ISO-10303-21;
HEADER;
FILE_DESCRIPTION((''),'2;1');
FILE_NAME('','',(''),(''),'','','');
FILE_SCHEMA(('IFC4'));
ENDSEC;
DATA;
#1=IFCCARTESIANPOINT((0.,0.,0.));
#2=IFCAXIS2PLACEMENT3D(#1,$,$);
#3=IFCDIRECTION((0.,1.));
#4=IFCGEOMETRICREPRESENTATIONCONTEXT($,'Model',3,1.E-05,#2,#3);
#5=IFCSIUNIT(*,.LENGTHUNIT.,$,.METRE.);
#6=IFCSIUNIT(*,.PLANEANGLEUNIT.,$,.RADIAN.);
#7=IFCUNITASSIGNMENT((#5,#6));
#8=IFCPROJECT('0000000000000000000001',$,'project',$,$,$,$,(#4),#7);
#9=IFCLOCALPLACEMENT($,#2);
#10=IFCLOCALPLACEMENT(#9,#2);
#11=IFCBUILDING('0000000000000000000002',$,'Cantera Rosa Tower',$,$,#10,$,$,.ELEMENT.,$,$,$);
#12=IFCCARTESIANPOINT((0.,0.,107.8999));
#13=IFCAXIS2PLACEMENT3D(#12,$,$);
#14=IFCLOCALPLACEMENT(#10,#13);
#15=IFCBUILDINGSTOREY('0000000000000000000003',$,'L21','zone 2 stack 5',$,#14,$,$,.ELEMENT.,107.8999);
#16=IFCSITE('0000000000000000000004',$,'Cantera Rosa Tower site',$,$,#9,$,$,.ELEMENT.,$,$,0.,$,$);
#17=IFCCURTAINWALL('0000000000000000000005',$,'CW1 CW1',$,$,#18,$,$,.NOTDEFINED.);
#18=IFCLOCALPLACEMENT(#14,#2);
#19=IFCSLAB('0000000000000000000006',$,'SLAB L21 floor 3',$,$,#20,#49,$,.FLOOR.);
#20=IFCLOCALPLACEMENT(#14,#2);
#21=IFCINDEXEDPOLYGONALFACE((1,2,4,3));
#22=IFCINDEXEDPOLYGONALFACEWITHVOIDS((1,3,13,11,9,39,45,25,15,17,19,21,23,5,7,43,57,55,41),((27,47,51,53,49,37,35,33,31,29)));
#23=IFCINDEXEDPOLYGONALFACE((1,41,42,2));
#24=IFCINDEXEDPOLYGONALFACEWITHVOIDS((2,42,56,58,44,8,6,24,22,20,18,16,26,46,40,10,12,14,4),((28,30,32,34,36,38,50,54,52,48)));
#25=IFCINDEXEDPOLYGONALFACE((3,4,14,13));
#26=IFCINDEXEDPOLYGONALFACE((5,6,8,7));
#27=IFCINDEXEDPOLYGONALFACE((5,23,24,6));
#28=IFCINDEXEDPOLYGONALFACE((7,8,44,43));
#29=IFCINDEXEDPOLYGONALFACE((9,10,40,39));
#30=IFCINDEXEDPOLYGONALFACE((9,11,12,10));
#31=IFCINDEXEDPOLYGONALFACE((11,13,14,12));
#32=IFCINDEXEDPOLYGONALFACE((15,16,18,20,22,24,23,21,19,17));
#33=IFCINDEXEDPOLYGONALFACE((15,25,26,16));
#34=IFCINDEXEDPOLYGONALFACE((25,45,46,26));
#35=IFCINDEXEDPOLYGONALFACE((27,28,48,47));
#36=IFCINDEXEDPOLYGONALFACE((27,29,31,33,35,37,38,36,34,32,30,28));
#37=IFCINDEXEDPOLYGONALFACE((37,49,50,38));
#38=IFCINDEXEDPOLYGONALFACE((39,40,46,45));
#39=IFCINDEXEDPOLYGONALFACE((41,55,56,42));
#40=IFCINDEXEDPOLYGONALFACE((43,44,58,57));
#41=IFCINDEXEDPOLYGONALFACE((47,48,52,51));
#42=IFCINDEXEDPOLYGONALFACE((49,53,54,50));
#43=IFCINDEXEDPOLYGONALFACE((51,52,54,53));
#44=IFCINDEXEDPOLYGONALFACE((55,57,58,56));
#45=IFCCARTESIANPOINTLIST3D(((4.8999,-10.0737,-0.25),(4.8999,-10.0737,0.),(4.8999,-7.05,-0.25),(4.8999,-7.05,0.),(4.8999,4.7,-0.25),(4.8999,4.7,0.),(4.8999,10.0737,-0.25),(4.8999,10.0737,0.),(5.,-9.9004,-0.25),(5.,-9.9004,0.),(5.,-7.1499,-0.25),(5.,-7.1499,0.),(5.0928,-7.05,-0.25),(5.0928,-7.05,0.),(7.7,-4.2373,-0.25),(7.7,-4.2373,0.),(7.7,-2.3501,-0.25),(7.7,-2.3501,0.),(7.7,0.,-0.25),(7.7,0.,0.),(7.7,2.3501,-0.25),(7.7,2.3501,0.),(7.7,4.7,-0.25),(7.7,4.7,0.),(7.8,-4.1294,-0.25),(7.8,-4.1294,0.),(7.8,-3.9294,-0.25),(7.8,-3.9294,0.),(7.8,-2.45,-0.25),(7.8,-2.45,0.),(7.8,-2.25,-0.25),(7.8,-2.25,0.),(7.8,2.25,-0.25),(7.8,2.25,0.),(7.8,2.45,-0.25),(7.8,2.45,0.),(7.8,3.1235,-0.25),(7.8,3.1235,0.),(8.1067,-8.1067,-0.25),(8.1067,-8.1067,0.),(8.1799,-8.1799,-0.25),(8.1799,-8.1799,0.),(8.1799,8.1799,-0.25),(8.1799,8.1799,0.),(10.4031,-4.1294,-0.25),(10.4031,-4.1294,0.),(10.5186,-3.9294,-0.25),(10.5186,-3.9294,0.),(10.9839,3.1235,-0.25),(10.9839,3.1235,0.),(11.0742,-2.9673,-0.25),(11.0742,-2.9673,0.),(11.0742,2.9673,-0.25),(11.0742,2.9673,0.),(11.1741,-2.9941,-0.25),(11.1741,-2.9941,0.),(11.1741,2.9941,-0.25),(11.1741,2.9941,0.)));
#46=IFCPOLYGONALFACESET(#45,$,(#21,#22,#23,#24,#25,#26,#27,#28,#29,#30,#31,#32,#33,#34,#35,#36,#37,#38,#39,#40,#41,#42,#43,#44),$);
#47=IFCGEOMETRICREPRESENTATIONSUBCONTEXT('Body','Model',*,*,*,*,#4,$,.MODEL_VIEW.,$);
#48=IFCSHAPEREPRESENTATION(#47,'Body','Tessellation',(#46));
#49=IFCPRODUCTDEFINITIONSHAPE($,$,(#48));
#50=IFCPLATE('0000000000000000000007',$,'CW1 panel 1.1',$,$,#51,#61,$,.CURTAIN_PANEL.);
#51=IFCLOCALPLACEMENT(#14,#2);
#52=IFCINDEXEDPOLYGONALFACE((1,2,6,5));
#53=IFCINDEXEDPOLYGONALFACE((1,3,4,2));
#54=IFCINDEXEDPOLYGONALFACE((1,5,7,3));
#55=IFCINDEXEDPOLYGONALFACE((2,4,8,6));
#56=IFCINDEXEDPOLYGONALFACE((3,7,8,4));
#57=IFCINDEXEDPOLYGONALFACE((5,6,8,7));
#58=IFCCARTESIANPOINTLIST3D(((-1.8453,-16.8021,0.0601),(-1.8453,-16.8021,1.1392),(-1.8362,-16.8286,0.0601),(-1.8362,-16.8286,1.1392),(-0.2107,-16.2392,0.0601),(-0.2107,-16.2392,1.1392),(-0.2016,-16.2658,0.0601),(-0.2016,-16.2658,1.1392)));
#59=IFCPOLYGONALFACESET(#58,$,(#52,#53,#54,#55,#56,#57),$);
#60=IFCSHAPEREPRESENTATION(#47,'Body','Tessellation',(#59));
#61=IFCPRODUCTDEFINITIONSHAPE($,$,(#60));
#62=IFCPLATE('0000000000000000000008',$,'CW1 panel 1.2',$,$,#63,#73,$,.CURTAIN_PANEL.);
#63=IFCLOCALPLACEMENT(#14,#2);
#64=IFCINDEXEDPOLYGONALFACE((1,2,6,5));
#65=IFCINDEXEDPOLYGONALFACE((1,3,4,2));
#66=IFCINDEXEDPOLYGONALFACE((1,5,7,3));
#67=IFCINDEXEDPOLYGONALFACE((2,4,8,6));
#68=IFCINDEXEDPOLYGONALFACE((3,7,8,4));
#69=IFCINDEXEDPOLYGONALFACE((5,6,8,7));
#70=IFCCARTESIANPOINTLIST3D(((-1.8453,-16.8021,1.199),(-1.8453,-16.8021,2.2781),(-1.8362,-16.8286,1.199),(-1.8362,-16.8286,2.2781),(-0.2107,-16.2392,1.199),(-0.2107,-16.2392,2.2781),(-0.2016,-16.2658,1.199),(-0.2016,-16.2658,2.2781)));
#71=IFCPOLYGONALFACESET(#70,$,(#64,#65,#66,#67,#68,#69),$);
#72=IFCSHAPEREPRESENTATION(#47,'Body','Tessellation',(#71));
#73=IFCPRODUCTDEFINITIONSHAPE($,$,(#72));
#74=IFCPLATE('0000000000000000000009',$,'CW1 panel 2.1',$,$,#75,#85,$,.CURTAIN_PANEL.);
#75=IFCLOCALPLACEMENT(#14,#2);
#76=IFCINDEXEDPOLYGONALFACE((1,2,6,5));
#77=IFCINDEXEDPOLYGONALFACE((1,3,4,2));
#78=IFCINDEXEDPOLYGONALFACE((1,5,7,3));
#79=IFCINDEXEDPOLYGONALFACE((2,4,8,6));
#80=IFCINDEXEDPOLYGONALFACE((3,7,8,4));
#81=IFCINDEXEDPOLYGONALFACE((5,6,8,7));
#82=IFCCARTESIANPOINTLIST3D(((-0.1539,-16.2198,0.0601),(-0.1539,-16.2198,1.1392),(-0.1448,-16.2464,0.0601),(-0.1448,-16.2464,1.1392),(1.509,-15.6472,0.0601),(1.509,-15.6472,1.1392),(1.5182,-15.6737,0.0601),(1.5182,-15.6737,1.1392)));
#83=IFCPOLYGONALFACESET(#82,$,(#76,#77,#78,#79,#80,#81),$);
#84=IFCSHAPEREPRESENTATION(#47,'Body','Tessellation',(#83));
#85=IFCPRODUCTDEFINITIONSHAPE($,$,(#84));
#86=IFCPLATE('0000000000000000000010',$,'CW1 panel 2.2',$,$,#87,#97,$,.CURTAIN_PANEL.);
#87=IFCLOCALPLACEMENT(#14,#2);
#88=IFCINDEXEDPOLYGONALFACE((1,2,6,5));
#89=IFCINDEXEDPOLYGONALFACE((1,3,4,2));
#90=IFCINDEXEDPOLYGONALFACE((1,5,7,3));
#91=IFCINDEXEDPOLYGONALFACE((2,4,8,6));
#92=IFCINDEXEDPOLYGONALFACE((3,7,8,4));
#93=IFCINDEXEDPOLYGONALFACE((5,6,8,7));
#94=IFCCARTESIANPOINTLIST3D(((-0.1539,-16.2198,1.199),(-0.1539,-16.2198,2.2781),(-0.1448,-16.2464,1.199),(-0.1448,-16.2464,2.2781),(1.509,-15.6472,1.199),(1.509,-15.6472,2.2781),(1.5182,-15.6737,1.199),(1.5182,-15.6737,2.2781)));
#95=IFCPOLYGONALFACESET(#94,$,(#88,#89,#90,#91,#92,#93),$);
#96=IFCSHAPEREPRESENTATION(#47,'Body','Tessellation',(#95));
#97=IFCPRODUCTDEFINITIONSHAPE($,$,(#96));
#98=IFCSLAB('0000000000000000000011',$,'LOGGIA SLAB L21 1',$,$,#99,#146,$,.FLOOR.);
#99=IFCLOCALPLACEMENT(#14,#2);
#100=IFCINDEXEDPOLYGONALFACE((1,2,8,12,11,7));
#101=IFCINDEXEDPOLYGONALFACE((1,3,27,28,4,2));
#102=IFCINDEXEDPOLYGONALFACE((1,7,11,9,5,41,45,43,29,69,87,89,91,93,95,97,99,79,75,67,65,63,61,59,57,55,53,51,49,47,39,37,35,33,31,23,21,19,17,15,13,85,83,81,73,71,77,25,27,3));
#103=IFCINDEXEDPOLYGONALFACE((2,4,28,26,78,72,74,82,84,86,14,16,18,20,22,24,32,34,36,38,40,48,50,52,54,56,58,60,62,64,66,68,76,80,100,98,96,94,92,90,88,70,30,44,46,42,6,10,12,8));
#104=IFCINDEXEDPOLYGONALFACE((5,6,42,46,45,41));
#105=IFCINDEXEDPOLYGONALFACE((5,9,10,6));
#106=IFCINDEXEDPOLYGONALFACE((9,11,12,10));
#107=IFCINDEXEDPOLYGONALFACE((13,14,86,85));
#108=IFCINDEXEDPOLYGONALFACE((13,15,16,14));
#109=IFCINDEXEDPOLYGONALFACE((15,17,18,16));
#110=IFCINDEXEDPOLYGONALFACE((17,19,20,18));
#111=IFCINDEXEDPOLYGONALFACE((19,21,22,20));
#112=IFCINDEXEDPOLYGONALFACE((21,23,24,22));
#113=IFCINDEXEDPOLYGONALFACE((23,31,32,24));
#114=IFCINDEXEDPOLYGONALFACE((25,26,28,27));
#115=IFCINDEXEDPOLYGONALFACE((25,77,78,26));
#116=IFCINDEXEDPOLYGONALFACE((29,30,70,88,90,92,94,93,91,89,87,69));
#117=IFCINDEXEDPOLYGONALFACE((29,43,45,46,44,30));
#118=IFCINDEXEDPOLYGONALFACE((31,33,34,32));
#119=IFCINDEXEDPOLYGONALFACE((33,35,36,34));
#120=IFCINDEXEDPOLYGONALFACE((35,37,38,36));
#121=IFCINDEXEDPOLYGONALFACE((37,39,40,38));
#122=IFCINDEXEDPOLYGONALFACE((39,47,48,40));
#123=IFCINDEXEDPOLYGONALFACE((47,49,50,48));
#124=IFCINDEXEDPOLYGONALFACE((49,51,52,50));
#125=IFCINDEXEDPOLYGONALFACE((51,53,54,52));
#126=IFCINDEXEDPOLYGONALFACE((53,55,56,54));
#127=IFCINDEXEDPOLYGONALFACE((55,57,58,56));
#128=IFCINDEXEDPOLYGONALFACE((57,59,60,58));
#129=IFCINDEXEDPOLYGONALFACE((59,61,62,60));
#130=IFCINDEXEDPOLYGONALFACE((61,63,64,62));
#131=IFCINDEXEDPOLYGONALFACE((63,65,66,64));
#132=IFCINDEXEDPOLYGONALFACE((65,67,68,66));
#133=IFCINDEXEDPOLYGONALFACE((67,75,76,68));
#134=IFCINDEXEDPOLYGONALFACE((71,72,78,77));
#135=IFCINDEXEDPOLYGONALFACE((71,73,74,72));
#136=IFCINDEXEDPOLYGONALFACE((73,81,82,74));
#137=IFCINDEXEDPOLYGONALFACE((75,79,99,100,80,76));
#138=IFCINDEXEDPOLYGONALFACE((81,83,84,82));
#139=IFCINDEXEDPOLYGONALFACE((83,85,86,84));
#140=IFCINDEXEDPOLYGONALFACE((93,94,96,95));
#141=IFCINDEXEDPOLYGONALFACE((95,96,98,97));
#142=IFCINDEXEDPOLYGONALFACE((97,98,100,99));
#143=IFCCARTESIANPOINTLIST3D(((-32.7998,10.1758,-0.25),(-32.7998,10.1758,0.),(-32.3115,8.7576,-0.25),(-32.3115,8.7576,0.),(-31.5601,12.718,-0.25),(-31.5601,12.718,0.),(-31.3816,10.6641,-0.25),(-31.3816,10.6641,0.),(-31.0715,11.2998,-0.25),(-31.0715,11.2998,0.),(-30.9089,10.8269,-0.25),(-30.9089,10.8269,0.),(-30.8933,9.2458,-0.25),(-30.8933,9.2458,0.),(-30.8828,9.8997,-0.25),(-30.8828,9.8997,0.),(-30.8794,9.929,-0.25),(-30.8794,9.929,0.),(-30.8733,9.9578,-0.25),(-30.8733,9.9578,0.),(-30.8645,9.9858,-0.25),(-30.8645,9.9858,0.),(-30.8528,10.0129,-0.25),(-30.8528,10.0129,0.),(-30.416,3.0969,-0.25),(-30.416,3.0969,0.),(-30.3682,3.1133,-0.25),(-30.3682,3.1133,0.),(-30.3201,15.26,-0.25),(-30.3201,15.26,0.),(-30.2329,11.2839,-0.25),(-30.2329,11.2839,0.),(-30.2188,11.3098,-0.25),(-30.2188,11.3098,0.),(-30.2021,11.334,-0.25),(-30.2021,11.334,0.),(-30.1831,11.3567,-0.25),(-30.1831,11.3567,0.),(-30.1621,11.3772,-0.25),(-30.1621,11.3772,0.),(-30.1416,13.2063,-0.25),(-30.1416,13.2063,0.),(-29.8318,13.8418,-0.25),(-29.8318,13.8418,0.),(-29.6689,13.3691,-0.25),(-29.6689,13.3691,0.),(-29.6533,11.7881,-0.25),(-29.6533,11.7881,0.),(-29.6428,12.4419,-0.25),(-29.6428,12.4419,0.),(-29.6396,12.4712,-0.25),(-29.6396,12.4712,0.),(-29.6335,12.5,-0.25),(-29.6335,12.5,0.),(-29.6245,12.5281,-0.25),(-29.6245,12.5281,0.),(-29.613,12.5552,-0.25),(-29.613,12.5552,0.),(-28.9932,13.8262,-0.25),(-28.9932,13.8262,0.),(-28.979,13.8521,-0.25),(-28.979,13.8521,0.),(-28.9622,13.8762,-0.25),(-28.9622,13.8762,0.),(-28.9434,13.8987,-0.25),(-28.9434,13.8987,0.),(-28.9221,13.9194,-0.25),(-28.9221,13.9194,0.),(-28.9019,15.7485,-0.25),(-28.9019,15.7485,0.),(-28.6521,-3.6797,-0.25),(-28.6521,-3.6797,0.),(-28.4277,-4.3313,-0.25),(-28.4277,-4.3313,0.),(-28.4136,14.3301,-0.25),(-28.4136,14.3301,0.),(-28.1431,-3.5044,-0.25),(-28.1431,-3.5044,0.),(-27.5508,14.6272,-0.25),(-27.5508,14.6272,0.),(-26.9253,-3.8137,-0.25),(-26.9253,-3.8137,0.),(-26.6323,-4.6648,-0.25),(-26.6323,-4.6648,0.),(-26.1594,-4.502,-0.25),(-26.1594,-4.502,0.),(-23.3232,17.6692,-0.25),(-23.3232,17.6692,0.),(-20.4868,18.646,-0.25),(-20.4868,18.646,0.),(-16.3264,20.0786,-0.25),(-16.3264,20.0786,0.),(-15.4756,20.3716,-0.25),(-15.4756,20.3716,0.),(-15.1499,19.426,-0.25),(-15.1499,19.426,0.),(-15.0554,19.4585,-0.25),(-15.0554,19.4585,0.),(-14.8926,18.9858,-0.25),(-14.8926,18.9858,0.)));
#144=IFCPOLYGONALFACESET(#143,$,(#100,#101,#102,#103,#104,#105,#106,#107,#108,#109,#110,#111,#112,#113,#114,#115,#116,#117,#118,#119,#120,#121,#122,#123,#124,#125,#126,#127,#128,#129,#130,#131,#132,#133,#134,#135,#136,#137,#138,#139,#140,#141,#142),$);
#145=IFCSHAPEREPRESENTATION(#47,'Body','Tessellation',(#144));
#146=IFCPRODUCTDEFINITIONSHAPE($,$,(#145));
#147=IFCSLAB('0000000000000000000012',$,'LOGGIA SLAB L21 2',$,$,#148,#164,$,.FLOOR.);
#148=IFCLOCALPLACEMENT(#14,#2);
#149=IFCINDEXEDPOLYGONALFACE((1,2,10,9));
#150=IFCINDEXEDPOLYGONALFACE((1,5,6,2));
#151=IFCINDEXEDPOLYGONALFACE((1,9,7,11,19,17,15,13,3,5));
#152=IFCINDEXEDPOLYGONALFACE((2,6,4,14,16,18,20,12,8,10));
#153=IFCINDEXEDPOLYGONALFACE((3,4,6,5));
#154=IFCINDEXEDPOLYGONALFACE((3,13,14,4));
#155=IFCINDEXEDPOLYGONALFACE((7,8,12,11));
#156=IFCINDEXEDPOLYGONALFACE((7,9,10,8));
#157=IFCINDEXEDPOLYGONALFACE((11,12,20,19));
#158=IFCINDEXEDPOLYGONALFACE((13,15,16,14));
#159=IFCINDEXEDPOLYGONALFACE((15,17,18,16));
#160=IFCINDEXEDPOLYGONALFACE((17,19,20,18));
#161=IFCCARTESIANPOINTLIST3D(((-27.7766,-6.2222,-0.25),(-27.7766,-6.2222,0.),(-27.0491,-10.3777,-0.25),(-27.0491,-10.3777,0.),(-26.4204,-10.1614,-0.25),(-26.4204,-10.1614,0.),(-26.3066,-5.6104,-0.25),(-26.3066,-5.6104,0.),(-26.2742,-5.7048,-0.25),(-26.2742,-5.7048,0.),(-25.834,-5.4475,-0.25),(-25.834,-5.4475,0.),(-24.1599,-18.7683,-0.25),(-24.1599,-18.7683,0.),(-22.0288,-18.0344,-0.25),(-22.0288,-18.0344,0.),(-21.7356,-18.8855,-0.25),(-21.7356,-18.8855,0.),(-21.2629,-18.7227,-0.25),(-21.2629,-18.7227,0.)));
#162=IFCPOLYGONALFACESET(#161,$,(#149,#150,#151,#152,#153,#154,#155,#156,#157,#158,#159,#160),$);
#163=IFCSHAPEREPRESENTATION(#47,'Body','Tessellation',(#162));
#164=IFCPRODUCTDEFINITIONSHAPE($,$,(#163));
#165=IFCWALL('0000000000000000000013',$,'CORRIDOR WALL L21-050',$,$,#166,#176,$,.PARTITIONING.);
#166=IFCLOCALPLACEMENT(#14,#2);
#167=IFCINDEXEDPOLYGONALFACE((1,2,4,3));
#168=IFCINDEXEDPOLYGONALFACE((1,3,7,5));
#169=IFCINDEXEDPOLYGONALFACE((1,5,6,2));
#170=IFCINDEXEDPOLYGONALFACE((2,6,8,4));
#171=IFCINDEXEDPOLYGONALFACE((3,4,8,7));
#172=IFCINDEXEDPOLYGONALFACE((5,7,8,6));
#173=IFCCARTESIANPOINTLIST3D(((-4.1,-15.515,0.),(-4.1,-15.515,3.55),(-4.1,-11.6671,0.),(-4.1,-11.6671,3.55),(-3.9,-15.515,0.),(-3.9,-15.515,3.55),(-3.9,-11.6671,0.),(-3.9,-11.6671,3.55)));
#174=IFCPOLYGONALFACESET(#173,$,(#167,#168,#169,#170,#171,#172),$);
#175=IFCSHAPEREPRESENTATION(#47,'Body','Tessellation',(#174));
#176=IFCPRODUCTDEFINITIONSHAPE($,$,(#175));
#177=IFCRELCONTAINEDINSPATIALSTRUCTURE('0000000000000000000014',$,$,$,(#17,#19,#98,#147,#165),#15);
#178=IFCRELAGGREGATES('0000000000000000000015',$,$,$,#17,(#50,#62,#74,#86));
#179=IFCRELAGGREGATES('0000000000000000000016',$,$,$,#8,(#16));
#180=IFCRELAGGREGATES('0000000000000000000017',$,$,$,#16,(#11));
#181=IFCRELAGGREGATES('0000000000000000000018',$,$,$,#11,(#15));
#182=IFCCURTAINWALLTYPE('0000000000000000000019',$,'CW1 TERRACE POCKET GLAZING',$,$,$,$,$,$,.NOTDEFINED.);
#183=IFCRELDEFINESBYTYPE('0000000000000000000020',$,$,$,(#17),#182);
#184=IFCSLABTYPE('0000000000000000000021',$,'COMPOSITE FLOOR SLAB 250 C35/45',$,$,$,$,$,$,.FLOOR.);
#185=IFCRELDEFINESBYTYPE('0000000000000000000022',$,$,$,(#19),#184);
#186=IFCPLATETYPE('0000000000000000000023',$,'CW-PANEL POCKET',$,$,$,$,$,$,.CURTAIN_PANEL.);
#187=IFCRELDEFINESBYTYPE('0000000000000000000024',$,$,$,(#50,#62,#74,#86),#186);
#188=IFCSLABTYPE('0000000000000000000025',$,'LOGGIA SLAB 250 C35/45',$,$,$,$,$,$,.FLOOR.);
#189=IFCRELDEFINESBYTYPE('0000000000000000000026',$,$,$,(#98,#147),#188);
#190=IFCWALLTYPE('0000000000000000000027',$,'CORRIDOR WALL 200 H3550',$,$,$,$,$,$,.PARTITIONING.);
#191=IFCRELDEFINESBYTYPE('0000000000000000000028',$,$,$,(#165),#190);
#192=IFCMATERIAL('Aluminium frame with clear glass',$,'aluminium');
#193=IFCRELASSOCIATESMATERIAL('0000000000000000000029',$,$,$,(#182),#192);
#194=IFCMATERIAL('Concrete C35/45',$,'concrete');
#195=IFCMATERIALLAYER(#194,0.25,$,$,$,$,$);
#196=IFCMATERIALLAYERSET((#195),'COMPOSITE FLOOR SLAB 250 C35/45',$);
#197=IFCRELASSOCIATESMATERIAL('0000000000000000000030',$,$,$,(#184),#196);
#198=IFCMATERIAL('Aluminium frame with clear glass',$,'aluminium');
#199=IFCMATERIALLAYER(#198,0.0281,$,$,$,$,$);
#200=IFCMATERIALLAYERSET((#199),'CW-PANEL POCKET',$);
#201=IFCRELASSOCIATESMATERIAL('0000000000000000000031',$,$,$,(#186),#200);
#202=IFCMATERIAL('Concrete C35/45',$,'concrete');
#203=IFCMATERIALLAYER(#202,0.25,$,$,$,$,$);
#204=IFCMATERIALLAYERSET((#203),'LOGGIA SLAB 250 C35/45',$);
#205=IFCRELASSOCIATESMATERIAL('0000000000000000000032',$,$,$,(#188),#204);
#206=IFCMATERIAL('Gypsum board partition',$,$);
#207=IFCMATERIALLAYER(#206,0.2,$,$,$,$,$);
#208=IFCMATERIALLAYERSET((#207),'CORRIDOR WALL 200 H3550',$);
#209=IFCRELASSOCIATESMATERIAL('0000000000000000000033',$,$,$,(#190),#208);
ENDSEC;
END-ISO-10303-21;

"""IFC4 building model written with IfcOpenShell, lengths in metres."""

from ifc_helpers import new_model, si_unit, direction, frame, frame_2d, origin, origin_2d, place, context, subcontext, project, spatial, polyline, rectangle, outline, extrude, material, layer, layer_set, type_object, element, aggregate, save


model = new_model("IFC4")

# Units and contexts
model_context = context("Model", 3, precision=1e-05, world=origin(), true_north=direction((0.0, 1.0)))
body_context = subcontext(model_context, "Body", "Model", "MODEL_VIEW")
ifc_project = project(units=[si_unit("LENGTHUNIT", "METRE"), si_unit("PLANEANGLEUNIT", "RADIAN")], contexts=[model_context])

# Site, building, storey
site_placement = place(None, origin())
site = spatial("IfcSite", under=ifc_project, at=site_placement, Name="Cantera Rosa Tower site", CompositionType="ELEMENT", RefElevation=0.0)
building_placement = place(site_placement, origin())
building = spatial("IfcBuilding", under=site, at=building_placement, Name="Cantera Rosa Tower", CompositionType="ELEMENT")
storey_placement = place(building_placement, frame((0.0, 0.0, 107.8999)))
storey = spatial("IfcBuildingStorey", under=building, at=storey_placement, Name="L21", Description="zone 2 stack 5", CompositionType="ELEMENT", Elevation=107.8999)

# Curtain wall
ifc_material_1 = material(Name="Aluminium frame with clear glass", Category="aluminium")
curtain_wall_type = type_object("IfcCurtainWallType", Name="CW1 TERRACE POCKET GLAZING", PredefinedType="NOTDEFINED", material=ifc_material_1)
curtain_wall_placement = place(storey_placement, origin())
curtain_wall = element("IfcCurtainWall", 1, at=curtain_wall_placement, inside=storey, type_object=curtain_wall_type, Name="CW1 CW1", PredefinedType="NOTDEFINED")

# Slab
ifc_material_2 = material(Name="Concrete C35/45", Category="concrete")
ifc_layer_1 = layer(ifc_material_2, 0.25)
ifc_layer_set_1 = layer_set([ifc_layer_1], Name="COMPOSITE FLOOR SLAB 250 C35/45")
slab_type_1 = type_object("IfcSlabType", Name="COMPOSITE FLOOR SLAB 250 C35/45", PredefinedType="FLOOR", material=ifc_layer_set_1)
slab_1_placement = place(storey_placement, frame((0.0, 0.0, -0.25)))
element("IfcSlab", 2, at=slab_1_placement, inside=storey, type_object=slab_type_1, Name="SLAB L21 floor 3", PredefinedType="FLOOR", context=body_context, shape_type="SweptSolid", body=[
    extrude(outline(polyline([(4.8999, 4.7), (4.8999, 10.0737), (8.1799, 8.1799), (11.1741, 2.9941), (11.1741, -2.9941), (8.1799, -8.1799), (4.8999, -10.0737), (4.8999, -7.05), (5.0928, -7.05), (5.0, -7.1499), (5.0, -9.9004), (8.1067, -8.1067), (10.4031, -4.1294), (7.8, -4.1294), (7.7, -4.2373), (7.7, -2.3501), (7.7, 0.0), (7.7, 2.3501), (7.7, 4.7), (4.8999, 4.7)]), holes=[polyline([(7.8, 3.1235), (7.8, 2.45), (7.8, 2.25), (7.8, -2.25), (7.8, -2.45), (7.8, -3.9294), (10.5186, -3.9294), (11.0742, -2.9673), (11.0742, 2.9673), (10.9839, 3.1235), (7.8, 3.1235)])]), origin(), (0.0, 0.0, 1.0), 0.25),
])

# Plates
ifc_material_3 = material(Name="Aluminium frame with clear glass", Category="aluminium")
ifc_layer_2 = layer(ifc_material_3, 0.0281)
ifc_layer_set_2 = layer_set([ifc_layer_2], Name="CW-PANEL POCKET")
plate_type = type_object("IfcPlateType", Name="CW-PANEL POCKET", PredefinedType="CURTAIN_PANEL", material=ifc_layer_set_2)
plate_1_placement = place(storey_placement, frame((-1.0234, -16.5339, 0.0601), z_axis=(0.0, 0.0, 1.0), x_axis=(0.945519, 0.325568, 0.0)))
plate_1 = element("IfcPlate", 3, at=plate_1_placement, type_object=plate_type, Name="CW1 panel 1.1", PredefinedType="CURTAIN_PANEL", context=body_context, shape_type="SweptSolid", body=[
    extrude(rectangle(XDim=1.7288, YDim=0.0281, at=origin_2d()), origin(), (0.0, 0.0, 1.0), 1.0791),
])
plate_2_placement = place(storey_placement, frame((-1.0234, -16.5339, 1.199), z_axis=(0.0, 0.0, 1.0), x_axis=(0.945519, 0.325568, 0.0)))
plate_2 = element("IfcPlate", 4, at=plate_2_placement, type_object=plate_type, Name="CW1 panel 1.2", PredefinedType="CURTAIN_PANEL", context=body_context, shape_type="SweptSolid", body=[
    extrude(rectangle(XDim=1.7288, YDim=0.0281, at=origin_2d()), origin(), (0.0, 0.0, 1.0), 1.0791),
])
plate_3_placement = place(storey_placement, frame((0.6821, -15.9468, 0.0601), z_axis=(0.0, 0.0, 1.0), x_axis=(0.945519, 0.325568, 0.0)))
plate_3 = element("IfcPlate", 5, at=plate_3_placement, type_object=plate_type, Name="CW1 panel 2.1", PredefinedType="CURTAIN_PANEL", context=body_context, shape_type="SweptSolid", body=[
    extrude(rectangle(XDim=1.7588, YDim=0.0281, at=origin_2d()), origin(), (0.0, 0.0, 1.0), 1.0791),
])
plate_4_placement = place(storey_placement, frame((0.6821, -15.9468, 1.199), z_axis=(0.0, 0.0, 1.0), x_axis=(0.945519, 0.325568, 0.0)))
plate_4 = element("IfcPlate", 6, at=plate_4_placement, type_object=plate_type, Name="CW1 panel 2.2", PredefinedType="CURTAIN_PANEL", context=body_context, shape_type="SweptSolid", body=[
    extrude(rectangle(XDim=1.7588, YDim=0.0281, at=origin_2d()), origin(), (0.0, 0.0, 1.0), 1.0791),
])
aggregate(curtain_wall, [plate_1, plate_2, plate_3, plate_4])

# Slabs
ifc_material_4 = material(Name="Concrete C35/45", Category="concrete")
ifc_layer_3 = layer(ifc_material_4, 0.25)
ifc_layer_set_3 = layer_set([ifc_layer_3], Name="LOGGIA SLAB 250 C35/45")
slab_type_2 = type_object("IfcSlabType", Name="LOGGIA SLAB 250 C35/45", PredefinedType="FLOOR", material=ifc_layer_set_3)
slab_2_placement = place(storey_placement, frame((0.0, 0.0, -0.25)))
element("IfcSlab", 7, at=slab_2_placement, inside=storey, type_object=slab_type_2, Name="LOGGIA SLAB L21 1", PredefinedType="FLOOR", context=body_context, shape_type="SweptSolid", body=[
    extrude(outline(polyline([(-30.416, 3.0969), (-30.3682, 3.1133), (-32.3115, 8.7576), (-32.7998, 10.1758), (-31.3816, 10.6641), (-30.9089, 10.8269), (-31.0715, 11.2998), (-31.5601, 12.718), (-30.1416, 13.2063), (-29.6689, 13.3691), (-29.8318, 13.8418), (-30.3201, 15.26), (-28.9019, 15.7485), (-23.3232, 17.6692), (-20.4868, 18.646), (-16.3264, 20.0786), (-15.4756, 20.3716), (-15.1499, 19.426), (-15.0554, 19.4585), (-14.8926, 18.9858), (-27.5508, 14.6272), (-28.4136, 14.3301), (-28.9221, 13.9194), (-28.9434, 13.8987), (-28.9622, 13.8762), (-28.979, 13.8521), (-28.9932, 13.8262), (-29.613, 12.5552), (-29.6245, 12.5281), (-29.6335, 12.5), (-29.6396, 12.4712), (-29.6428, 12.4419), (-29.6533, 11.7881), (-30.1621, 11.3772), (-30.1831, 11.3567), (-30.2021, 11.334), (-30.2188, 11.3098), (-30.2329, 11.2839), (-30.8528, 10.0129), (-30.8645, 9.9858), (-30.8733, 9.9578), (-30.8794, 9.929), (-30.8828, 9.8997), (-30.8933, 9.2458), (-26.1594, -4.502), (-26.6323, -4.6648), (-26.9253, -3.8137), (-28.4277, -4.3313), (-28.6521, -3.6797), (-28.1431, -3.5044), (-30.416, 3.0969)])), origin(), (0.0, 0.0, 1.0), 0.25),
])
slab_3_placement = place(storey_placement, frame((0.0, 0.0, -0.25)))
element("IfcSlab", 8, at=slab_3_placement, inside=storey, type_object=slab_type_2, Name="LOGGIA SLAB L21 2", PredefinedType="FLOOR", context=body_context, shape_type="SweptSolid", body=[
    extrude(outline(polyline([(-27.7766, -6.2222), (-26.2742, -5.7048), (-26.3066, -5.6104), (-25.834, -5.4475), (-21.2629, -18.7227), (-21.7356, -18.8855), (-22.0288, -18.0344), (-24.1599, -18.7683), (-27.0491, -10.3777), (-26.4204, -10.1614), (-27.7766, -6.2222)])), origin(), (0.0, 0.0, 1.0), 0.25),
])

# Wall
ifc_material_5 = material(Name="Gypsum board partition")
ifc_layer_4 = layer(ifc_material_5, 0.2)
ifc_layer_set_4 = layer_set([ifc_layer_4], Name="CORRIDOR WALL 200 H3550")
wall_type_1 = type_object("IfcWallType", Name="CORRIDOR WALL 200 H3550", PredefinedType="PARTITIONING", material=ifc_layer_set_4)
wall_1_placement = place(storey_placement, frame((-4.0, -11.6672, 0.0), z_axis=(0.0, 0.0, 1.0), x_axis=(0.0, -1.0, 0.0)))
element("IfcWall", 9, at=wall_1_placement, inside=storey, type_object=wall_type_1, Name="CORRIDOR WALL L21-050", PredefinedType="PARTITIONING", context=body_context, shape_type="SweptSolid", body=[
    extrude(rectangle(XDim=3.8479, YDim=0.2, at=frame_2d((1.9238, 0.0))), origin(), (0.0, 0.0, 1.0), 3.55),
])

save(model, "model.ifc")
